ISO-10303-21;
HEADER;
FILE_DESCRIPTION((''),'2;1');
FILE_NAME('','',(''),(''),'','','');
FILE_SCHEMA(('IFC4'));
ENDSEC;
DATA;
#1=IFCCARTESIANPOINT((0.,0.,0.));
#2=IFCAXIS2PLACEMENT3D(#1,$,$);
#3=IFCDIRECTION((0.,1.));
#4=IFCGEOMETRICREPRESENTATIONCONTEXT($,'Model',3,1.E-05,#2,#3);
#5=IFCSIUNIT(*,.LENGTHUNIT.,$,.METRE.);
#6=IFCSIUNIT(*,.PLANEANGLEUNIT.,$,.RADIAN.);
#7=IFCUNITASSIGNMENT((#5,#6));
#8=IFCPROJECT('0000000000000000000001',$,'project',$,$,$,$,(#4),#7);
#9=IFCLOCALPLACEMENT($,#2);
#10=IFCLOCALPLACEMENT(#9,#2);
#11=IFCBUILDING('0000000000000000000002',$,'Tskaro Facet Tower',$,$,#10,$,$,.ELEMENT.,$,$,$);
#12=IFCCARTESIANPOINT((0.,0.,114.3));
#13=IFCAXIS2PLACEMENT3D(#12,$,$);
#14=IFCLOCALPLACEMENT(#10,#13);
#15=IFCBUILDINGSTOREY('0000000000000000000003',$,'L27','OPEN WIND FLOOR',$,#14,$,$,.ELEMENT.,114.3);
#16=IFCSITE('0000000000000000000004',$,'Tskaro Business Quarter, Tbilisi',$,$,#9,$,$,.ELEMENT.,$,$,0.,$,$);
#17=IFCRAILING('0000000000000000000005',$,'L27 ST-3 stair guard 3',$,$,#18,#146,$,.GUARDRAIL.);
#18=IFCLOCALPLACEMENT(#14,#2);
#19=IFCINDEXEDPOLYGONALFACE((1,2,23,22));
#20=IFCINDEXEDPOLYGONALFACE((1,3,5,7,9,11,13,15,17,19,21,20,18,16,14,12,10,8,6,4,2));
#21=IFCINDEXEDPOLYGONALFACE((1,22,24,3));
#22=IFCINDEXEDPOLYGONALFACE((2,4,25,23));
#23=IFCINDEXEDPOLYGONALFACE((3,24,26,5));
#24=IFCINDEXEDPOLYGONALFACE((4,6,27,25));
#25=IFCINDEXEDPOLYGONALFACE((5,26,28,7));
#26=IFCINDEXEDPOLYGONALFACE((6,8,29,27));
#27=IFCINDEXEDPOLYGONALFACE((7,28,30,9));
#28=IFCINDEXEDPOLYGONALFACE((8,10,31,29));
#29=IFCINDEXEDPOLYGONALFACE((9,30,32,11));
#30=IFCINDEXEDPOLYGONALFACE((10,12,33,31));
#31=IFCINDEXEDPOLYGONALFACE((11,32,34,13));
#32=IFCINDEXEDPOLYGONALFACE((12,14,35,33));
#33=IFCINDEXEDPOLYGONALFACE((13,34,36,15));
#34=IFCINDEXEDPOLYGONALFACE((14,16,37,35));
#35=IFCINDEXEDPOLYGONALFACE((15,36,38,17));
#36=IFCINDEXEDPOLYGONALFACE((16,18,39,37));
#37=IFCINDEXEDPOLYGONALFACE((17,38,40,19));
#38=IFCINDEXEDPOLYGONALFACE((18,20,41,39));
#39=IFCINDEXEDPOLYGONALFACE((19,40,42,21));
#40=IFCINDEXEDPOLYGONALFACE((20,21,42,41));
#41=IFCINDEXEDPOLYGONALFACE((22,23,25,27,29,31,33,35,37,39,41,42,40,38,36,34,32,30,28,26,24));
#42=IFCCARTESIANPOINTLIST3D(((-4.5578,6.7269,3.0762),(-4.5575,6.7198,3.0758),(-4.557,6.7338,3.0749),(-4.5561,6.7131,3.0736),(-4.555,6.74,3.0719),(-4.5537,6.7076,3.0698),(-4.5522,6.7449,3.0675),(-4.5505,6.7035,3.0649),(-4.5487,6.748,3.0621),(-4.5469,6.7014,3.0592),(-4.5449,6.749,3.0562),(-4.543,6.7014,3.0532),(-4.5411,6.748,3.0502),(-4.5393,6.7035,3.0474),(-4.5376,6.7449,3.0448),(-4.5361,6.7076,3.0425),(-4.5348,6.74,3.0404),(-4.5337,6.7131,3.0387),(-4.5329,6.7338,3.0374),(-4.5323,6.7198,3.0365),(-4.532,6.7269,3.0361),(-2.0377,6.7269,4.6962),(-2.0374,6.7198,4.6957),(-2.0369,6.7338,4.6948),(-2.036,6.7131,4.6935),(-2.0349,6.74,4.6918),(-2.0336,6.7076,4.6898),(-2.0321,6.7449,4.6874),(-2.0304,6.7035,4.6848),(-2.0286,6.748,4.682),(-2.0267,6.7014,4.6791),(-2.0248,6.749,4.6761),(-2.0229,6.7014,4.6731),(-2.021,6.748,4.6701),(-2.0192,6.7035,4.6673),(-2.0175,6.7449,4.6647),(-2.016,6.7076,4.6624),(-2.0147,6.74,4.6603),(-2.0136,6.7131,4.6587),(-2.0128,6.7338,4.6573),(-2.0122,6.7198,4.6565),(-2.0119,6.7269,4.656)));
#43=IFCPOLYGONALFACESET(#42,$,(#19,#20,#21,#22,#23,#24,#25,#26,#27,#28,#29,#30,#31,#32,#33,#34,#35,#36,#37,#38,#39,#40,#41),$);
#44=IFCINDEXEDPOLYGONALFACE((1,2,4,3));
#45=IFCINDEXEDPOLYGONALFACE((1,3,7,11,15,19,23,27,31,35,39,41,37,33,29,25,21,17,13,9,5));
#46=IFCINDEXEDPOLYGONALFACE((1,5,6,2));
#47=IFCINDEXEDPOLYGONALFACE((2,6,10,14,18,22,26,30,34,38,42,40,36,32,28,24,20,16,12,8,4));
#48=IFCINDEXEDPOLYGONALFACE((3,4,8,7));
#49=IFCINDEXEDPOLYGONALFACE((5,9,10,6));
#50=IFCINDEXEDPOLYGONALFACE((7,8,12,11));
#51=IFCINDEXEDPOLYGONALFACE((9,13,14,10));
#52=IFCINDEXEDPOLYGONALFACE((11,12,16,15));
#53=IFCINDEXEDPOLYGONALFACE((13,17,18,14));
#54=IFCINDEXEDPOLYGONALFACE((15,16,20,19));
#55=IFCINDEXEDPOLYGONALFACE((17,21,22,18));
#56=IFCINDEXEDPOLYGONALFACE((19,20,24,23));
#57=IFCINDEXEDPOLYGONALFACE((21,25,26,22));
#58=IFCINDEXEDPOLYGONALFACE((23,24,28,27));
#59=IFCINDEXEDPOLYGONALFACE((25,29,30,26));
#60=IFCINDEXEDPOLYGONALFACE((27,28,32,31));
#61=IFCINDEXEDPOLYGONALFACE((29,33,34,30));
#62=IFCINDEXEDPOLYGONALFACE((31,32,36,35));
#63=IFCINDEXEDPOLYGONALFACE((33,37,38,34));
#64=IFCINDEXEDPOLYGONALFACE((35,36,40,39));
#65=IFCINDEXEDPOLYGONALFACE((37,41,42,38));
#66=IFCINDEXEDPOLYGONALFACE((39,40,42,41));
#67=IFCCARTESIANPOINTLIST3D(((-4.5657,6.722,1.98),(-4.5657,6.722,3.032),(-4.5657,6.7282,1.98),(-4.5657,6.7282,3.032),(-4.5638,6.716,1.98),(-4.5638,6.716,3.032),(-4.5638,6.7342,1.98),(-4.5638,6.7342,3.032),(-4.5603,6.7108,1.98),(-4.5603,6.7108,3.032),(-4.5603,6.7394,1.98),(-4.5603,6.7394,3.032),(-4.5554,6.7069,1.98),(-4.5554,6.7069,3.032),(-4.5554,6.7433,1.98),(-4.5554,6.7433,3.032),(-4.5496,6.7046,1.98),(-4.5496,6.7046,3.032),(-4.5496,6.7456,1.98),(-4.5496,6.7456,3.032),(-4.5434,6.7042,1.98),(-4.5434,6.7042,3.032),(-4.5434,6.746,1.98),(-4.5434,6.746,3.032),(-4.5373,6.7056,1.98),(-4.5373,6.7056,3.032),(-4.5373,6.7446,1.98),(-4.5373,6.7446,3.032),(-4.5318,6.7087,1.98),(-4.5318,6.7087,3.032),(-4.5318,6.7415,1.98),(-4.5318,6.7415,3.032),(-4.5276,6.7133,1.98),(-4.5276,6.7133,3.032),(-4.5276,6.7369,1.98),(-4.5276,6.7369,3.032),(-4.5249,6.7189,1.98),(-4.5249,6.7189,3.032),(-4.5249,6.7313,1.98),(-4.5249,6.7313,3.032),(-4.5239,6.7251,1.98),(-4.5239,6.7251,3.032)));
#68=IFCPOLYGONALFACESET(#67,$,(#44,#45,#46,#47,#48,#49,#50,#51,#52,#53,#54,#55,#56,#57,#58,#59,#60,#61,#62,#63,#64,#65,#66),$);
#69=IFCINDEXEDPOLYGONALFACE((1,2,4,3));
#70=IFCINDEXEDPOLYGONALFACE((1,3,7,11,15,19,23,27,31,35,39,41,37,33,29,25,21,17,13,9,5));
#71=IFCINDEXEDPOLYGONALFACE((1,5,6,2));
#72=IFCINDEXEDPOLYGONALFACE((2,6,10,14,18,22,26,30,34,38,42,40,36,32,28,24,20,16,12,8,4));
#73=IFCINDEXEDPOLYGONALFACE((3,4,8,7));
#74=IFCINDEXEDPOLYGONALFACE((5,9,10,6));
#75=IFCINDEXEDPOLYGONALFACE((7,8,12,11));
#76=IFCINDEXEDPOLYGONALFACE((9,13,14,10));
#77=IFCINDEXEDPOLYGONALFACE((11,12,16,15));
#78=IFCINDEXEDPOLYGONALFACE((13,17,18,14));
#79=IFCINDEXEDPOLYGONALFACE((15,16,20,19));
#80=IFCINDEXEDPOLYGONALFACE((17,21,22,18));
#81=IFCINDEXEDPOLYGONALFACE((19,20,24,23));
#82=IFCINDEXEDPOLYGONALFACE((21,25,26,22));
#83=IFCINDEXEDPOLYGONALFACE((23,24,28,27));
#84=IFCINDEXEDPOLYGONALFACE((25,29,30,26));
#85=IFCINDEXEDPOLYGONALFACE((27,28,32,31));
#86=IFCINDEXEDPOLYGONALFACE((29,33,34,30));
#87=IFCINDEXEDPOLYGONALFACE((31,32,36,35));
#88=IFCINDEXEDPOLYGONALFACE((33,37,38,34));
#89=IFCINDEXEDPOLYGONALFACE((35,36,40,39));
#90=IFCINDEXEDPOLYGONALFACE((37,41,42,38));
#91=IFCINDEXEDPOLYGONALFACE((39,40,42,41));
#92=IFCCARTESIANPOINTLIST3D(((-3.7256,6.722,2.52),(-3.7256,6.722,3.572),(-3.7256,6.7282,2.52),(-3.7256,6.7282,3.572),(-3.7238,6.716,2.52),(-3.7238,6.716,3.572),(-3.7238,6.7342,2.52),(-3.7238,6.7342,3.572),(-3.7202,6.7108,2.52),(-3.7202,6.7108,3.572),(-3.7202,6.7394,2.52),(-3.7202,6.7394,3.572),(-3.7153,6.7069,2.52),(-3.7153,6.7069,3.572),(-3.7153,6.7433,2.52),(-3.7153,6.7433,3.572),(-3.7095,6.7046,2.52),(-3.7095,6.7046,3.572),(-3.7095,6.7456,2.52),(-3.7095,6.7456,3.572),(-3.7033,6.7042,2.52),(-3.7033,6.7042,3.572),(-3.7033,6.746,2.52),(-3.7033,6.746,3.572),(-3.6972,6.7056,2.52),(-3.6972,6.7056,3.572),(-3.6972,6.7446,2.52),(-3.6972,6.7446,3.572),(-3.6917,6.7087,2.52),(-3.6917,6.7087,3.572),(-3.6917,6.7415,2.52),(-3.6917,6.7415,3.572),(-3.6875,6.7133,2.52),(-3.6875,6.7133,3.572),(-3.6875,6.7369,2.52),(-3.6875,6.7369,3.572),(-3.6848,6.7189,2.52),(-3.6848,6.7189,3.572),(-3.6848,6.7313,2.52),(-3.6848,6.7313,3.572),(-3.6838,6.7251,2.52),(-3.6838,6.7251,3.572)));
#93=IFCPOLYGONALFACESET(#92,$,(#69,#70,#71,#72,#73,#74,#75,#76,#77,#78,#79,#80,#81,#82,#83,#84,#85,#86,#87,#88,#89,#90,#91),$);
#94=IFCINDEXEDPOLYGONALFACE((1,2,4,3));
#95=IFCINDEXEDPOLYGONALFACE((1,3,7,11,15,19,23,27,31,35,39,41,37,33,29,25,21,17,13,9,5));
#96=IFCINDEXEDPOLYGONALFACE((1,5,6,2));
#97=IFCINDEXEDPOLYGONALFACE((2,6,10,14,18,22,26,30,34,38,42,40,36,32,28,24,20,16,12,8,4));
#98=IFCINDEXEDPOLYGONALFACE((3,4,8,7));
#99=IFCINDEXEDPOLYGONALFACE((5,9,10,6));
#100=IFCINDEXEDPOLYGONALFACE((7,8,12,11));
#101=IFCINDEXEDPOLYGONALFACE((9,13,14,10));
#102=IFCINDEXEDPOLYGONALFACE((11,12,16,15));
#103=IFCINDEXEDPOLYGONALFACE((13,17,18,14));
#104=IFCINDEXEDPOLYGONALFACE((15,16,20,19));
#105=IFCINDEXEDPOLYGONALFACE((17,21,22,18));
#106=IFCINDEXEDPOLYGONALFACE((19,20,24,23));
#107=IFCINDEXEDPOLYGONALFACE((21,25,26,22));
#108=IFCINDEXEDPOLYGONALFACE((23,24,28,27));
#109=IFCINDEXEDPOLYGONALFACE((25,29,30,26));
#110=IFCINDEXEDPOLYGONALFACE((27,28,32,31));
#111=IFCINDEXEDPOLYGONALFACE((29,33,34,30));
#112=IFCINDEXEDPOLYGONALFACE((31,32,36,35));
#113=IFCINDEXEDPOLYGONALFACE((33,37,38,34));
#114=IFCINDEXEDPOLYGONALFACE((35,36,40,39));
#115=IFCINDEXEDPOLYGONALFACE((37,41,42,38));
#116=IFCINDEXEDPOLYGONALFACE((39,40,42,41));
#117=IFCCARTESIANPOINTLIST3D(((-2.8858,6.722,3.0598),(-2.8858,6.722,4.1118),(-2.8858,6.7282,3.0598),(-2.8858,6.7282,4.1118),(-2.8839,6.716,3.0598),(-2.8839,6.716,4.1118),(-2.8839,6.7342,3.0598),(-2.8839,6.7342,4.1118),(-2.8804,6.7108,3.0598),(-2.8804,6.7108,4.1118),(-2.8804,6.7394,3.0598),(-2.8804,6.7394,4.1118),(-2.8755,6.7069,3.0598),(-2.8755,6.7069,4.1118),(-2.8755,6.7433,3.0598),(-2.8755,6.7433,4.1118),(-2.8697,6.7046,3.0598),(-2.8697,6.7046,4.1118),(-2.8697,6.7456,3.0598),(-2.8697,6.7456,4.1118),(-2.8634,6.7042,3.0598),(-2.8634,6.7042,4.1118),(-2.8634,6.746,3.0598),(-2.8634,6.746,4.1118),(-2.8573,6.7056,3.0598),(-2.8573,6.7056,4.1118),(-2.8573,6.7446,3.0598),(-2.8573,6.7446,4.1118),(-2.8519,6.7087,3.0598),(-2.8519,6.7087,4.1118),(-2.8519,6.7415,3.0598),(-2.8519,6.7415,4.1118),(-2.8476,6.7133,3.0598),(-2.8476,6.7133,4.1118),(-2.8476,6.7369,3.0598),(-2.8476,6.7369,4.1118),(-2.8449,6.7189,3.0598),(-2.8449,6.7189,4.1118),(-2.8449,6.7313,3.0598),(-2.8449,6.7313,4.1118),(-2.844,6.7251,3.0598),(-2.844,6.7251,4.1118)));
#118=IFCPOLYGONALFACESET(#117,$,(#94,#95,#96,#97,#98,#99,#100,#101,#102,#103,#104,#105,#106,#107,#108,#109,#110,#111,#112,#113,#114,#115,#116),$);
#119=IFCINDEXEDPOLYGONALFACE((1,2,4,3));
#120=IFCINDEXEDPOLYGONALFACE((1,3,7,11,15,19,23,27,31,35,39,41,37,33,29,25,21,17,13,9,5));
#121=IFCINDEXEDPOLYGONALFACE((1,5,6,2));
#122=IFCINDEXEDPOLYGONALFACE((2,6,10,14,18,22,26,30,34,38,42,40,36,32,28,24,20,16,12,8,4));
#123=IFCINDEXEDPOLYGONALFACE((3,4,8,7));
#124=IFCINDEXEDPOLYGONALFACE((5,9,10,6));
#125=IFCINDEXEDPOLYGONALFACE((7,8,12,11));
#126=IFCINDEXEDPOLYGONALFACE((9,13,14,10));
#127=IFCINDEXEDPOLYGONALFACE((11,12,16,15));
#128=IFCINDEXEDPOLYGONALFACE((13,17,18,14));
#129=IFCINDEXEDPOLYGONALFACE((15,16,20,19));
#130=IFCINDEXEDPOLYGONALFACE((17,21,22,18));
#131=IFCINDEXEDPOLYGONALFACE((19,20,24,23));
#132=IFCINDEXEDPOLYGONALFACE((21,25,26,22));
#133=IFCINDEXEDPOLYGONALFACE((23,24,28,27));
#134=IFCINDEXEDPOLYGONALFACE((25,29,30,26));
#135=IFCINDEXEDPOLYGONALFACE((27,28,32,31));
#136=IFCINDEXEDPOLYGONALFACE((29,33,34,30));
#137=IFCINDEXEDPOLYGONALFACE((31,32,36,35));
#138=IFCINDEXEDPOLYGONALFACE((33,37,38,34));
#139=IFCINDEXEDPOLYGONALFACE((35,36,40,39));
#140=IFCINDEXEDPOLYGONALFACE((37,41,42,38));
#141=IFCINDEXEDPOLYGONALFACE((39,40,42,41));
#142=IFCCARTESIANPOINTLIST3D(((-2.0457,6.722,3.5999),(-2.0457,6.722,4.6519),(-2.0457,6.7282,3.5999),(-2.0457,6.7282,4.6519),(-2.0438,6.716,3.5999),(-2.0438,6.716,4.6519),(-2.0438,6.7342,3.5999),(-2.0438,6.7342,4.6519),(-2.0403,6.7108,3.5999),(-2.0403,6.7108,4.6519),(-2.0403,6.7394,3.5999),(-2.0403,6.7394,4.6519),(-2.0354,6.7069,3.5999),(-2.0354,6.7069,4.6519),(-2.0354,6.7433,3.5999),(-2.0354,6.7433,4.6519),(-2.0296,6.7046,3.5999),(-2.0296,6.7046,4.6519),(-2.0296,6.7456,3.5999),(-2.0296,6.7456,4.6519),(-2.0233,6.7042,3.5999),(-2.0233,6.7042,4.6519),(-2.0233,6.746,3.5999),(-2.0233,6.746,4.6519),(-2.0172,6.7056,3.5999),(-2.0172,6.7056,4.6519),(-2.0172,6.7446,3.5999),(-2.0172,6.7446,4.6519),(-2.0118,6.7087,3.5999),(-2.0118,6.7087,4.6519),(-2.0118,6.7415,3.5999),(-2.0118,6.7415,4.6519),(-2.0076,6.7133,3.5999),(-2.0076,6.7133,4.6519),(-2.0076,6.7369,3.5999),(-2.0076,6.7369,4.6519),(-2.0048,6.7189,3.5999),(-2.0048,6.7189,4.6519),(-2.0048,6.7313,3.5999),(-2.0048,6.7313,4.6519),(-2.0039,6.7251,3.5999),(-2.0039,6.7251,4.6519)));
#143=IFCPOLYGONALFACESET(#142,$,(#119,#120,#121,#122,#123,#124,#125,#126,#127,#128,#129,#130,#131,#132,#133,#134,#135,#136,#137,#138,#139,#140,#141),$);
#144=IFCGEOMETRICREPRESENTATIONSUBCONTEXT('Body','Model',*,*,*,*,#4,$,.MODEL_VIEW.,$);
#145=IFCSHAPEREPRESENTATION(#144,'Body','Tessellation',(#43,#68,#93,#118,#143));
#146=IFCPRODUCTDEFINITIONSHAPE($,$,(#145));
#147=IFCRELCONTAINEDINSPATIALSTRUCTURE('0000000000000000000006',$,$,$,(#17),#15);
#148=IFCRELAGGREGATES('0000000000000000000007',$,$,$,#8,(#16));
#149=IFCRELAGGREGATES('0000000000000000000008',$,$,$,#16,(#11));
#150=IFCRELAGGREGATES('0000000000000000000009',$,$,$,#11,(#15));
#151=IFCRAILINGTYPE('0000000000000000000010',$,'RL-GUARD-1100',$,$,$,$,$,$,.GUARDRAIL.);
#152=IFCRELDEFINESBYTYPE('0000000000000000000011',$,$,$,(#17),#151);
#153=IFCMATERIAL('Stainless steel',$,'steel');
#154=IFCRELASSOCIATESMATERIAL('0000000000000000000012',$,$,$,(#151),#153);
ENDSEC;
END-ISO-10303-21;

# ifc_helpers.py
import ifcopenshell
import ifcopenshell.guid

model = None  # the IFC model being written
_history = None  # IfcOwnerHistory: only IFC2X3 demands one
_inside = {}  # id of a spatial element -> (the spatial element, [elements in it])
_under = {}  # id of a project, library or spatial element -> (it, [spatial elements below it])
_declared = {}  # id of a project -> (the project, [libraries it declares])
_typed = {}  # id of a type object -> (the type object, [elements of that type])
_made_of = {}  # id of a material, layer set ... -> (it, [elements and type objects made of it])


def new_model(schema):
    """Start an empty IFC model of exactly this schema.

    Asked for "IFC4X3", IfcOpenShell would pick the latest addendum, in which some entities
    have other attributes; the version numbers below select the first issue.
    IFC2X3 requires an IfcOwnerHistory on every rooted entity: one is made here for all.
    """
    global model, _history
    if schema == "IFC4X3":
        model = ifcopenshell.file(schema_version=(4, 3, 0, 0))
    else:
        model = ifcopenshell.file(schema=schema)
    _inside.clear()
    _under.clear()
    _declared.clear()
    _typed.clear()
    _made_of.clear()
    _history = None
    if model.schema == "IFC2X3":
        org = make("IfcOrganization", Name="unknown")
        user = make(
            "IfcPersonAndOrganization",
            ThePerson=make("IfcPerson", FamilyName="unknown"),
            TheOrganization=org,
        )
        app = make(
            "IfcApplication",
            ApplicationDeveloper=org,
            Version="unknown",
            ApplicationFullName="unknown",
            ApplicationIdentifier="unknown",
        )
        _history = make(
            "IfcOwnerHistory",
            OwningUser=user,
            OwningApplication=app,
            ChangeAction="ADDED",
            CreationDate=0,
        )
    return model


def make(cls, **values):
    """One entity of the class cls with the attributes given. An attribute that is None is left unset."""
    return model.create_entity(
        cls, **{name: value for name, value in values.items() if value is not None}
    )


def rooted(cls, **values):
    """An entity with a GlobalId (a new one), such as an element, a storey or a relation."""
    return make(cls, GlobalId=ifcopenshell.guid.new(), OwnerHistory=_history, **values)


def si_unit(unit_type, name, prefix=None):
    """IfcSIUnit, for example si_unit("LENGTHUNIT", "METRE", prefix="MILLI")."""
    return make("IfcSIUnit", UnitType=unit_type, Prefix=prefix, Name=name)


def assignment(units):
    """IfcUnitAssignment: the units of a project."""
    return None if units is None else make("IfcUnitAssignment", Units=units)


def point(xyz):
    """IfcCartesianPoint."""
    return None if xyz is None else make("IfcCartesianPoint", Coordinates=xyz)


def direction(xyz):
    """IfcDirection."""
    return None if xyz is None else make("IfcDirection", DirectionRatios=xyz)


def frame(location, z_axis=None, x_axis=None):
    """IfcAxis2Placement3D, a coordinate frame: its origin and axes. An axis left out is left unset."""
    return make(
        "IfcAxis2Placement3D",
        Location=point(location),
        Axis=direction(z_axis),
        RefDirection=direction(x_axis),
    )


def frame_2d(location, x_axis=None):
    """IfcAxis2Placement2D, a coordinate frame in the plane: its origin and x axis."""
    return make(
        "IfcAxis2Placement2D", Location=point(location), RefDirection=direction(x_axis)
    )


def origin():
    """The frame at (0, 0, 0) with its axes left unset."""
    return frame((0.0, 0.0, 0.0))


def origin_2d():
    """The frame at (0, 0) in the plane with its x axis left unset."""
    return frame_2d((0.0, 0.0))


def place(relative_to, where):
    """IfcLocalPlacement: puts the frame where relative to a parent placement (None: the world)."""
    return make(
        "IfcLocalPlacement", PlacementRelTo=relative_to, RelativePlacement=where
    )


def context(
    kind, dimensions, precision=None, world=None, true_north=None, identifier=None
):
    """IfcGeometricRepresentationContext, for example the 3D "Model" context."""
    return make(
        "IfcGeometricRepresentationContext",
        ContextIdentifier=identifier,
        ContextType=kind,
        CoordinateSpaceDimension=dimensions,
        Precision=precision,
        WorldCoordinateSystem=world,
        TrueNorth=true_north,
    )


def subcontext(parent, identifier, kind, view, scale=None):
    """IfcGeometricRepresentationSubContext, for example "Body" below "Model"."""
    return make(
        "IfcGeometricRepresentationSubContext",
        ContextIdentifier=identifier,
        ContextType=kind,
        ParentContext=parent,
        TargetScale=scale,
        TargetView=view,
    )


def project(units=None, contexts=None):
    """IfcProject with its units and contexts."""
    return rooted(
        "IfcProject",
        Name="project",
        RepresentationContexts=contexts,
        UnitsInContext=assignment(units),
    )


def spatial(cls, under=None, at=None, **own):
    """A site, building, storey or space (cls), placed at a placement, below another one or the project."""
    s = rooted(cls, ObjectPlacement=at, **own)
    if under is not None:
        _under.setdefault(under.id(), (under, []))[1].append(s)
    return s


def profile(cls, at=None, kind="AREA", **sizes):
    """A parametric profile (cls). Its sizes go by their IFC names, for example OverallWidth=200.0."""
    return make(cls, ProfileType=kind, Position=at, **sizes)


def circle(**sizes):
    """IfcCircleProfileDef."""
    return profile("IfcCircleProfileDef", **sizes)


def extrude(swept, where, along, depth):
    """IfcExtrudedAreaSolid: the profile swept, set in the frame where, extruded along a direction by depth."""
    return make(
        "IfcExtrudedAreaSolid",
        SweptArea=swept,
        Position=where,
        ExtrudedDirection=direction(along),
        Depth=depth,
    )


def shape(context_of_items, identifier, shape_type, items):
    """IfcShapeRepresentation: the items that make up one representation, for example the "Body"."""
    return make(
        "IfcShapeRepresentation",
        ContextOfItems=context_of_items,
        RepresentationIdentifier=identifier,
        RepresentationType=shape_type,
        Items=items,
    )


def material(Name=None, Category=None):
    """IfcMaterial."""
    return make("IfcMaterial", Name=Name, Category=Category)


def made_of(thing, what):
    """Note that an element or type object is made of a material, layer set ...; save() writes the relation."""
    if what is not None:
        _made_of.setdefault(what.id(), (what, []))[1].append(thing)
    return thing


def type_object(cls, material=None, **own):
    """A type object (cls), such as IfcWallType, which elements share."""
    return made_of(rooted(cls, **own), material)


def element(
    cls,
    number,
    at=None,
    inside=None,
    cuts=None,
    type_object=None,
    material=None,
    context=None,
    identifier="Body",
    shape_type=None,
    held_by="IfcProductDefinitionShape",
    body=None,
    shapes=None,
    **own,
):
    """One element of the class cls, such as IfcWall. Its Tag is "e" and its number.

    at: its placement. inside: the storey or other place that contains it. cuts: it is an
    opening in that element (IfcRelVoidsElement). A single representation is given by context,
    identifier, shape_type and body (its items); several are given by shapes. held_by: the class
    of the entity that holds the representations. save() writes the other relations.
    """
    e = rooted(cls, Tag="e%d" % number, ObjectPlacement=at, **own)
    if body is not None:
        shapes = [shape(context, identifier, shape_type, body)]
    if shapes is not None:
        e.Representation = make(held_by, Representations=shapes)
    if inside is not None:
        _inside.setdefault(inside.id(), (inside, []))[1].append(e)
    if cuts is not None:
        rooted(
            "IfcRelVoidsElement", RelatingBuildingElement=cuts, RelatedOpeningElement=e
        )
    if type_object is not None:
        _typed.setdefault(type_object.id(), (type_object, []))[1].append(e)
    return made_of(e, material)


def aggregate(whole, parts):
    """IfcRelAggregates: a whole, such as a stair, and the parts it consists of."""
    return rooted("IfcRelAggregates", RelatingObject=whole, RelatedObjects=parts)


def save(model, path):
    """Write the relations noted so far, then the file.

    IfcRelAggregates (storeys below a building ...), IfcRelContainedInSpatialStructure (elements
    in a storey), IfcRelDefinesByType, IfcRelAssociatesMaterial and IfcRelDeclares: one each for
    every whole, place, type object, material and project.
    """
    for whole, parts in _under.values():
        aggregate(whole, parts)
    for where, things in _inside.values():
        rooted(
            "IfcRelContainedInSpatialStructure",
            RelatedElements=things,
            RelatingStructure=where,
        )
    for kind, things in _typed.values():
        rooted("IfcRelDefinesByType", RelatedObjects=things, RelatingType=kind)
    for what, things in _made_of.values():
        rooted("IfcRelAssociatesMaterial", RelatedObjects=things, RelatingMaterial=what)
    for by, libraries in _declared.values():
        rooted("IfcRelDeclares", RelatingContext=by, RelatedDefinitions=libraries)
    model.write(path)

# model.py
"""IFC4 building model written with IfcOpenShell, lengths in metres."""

from ifc_helpers import new_model, si_unit, direction, frame, origin, origin_2d, place, context, subcontext, project, spatial, circle, extrude, material, type_object, element, save


model = new_model("IFC4")

# Units and contexts
model_context = context("Model", 3, precision=1e-05, world=origin(), true_north=direction((0.0, 1.0)))
body_context = subcontext(model_context, "Body", "Model", "MODEL_VIEW")
ifc_project = project(units=[si_unit("LENGTHUNIT", "METRE"), si_unit("PLANEANGLEUNIT", "RADIAN")], contexts=[model_context])

# Site, building, storey
site_placement = place(None, origin())
site = spatial("IfcSite", under=ifc_project, at=site_placement, Name="Tskaro Business Quarter, Tbilisi", CompositionType="ELEMENT", RefElevation=0.0)
building_placement = place(site_placement, origin())
building = spatial("IfcBuilding", under=site, at=building_placement, Name="Tskaro Facet Tower", CompositionType="ELEMENT")
storey_placement = place(building_placement, frame((0.0, 0.0, 114.3)))
storey = spatial("IfcBuildingStorey", under=building, at=storey_placement, Name="L27", Description="OPEN WIND FLOOR", CompositionType="ELEMENT", Elevation=114.3)

# Railing
ifc_material_1 = material(Name="Stainless steel", Category="steel")
railing_type_1 = type_object("IfcRailingType", Name="RL-GUARD-1100", PredefinedType="GUARDRAIL", material=ifc_material_1)
railing_1_placement = place(storey_placement, frame((-4.5449, 6.7251, 1.98)))
element("IfcRailing", 1, at=railing_1_placement, inside=storey, type_object=railing_type_1, Name="L27 ST-3 stair guard 3", PredefinedType="GUARDRAIL", context=body_context, shape_type="SweptSolid", body=[
    extrude(circle(Radius=0.0239, at=origin_2d()), frame((0.0, 0.0, 1.0762), z_axis=(0.8412, 0.0, 0.540725), x_axis=(0.0, 1.0, 0.0)), (0.0, 0.0, 1.0), 2.9958),
    extrude(circle(Radius=0.021, at=origin_2d()), origin(), (0.0, 0.0, 1.0), 1.052),
    extrude(circle(Radius=0.021, at=origin_2d()), frame((0.8401, 0.0, 0.54)), (0.0, 0.0, 1.0), 1.052),
    extrude(circle(Radius=0.021, at=origin_2d()), frame((1.6799, 0.0, 1.0798)), (0.0, 0.0, 1.0), 1.052),
    extrude(circle(Radius=0.021, at=origin_2d()), frame((2.52, 0.0, 1.6199)), (0.0, 0.0, 1.0), 1.052),
])

save(model, "model.ifc")
